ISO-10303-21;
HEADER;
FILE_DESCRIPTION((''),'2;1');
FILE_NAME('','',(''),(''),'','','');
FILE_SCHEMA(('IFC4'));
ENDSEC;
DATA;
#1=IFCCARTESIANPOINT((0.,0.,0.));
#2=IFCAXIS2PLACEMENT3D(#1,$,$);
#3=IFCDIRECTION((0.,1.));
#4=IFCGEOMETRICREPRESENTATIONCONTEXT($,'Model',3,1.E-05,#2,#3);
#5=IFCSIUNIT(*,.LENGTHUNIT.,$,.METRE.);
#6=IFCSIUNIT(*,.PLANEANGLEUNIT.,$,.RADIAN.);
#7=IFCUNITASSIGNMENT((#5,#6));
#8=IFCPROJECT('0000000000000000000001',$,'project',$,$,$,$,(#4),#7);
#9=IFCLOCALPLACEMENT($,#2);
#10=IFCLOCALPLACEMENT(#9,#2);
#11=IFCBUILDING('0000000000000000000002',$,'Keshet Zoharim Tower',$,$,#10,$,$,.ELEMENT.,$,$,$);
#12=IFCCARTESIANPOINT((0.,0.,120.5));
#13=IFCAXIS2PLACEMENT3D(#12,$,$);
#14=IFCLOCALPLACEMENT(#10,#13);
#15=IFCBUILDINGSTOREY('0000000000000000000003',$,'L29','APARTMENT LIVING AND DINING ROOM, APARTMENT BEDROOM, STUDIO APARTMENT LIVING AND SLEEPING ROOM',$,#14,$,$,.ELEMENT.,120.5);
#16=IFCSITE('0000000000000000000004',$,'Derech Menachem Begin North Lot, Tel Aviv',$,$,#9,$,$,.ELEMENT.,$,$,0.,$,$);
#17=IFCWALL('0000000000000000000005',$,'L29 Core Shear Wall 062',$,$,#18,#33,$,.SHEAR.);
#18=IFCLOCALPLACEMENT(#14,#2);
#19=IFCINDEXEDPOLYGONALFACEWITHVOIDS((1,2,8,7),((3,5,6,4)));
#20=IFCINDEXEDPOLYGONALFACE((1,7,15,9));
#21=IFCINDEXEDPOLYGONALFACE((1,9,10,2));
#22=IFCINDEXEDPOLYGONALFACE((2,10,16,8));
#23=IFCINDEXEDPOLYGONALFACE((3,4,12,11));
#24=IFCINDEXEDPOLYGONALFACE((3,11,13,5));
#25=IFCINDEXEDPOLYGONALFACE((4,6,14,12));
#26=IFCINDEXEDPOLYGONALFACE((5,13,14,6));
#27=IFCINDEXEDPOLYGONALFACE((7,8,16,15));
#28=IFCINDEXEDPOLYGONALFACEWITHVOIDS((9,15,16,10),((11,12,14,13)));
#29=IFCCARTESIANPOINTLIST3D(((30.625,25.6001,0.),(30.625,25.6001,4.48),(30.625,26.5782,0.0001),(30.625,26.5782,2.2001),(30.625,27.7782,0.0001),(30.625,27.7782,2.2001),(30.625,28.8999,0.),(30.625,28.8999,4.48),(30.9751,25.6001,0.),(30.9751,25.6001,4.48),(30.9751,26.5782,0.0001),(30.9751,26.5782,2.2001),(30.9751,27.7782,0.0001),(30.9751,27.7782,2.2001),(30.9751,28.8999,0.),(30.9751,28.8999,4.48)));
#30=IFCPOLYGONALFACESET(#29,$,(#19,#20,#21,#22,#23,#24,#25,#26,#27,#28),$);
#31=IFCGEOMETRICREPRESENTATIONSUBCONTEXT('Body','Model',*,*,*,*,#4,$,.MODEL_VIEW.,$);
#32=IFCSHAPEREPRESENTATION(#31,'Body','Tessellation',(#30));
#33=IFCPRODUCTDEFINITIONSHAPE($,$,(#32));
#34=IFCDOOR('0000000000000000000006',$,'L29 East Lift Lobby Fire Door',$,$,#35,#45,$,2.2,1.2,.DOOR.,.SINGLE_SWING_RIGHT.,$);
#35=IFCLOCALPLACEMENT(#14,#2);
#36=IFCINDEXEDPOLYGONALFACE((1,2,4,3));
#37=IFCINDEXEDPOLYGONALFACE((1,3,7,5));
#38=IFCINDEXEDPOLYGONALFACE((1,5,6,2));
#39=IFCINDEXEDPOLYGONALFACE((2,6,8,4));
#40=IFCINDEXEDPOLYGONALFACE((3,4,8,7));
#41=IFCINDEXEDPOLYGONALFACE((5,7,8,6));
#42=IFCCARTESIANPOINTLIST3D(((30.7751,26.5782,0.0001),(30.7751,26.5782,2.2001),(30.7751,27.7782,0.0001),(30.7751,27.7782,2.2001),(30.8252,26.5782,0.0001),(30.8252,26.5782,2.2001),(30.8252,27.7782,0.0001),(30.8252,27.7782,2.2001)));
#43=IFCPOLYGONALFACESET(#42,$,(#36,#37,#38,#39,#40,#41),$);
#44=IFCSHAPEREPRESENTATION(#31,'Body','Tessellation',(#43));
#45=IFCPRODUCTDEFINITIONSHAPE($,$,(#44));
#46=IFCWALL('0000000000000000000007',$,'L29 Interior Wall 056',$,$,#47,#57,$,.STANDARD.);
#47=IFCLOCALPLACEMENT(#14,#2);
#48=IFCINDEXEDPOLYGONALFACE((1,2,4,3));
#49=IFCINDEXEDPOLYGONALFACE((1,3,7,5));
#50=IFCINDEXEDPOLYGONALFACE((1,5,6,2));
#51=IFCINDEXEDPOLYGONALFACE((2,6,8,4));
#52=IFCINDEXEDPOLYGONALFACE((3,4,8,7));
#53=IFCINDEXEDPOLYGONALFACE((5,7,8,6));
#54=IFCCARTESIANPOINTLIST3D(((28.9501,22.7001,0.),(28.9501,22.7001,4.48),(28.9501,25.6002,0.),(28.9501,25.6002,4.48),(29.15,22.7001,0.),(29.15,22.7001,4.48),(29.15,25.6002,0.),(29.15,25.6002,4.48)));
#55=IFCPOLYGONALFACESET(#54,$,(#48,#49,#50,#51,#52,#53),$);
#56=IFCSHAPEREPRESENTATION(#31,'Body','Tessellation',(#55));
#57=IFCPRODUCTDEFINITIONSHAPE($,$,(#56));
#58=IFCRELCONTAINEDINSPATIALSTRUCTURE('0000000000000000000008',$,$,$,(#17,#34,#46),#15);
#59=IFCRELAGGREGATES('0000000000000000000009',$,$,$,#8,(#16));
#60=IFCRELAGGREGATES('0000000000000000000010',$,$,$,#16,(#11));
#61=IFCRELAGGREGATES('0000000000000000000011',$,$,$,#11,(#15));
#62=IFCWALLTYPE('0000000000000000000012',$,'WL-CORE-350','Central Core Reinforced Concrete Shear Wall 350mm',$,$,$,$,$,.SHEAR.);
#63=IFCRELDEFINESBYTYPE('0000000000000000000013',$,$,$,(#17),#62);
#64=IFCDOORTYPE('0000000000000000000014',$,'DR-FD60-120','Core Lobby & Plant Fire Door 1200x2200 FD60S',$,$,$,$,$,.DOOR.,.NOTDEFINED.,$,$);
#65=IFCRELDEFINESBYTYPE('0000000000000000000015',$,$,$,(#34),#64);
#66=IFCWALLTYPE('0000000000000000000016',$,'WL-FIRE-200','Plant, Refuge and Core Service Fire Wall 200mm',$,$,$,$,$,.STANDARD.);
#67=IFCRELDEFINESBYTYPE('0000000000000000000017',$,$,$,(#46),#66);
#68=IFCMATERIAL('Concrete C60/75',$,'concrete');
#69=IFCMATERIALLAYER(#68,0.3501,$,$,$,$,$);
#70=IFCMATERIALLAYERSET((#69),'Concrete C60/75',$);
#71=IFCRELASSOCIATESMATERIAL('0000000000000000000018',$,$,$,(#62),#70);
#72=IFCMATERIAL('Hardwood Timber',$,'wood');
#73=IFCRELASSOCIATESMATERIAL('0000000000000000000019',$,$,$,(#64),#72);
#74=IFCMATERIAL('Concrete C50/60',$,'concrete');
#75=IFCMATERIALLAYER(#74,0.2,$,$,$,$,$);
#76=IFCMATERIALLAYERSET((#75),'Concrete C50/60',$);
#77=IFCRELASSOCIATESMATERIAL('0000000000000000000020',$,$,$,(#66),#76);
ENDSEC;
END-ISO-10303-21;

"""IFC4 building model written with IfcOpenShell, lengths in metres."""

from ifc_helpers import new_model, si_unit, direction, frame, frame_2d, origin, place, context, subcontext, project, spatial, rectangle, extrude, material, layer, layer_set, type_object, element, fill, save


model = new_model("IFC4")

# Units and contexts
model_context = context("Model", 3, precision=1e-05, world=origin(), true_north=direction((0.0, 1.0)))
body_context = subcontext(model_context, "Body", "Model", "MODEL_VIEW")
ifc_project = project(units=[si_unit("LENGTHUNIT", "METRE"), si_unit("PLANEANGLEUNIT", "RADIAN")], contexts=[model_context])

# Site, building, storey
site_placement = place(None, origin())
site = spatial("IfcSite", under=ifc_project, at=site_placement, Name="Derech Menachem Begin North Lot, Tel Aviv", CompositionType="ELEMENT", RefElevation=0.0)
building_placement = place(site_placement, origin())
building = spatial("IfcBuilding", under=site, at=building_placement, Name="Keshet Zoharim Tower", CompositionType="ELEMENT")
storey_placement = place(building_placement, frame((0.0, 0.0, 120.5)))
storey = spatial("IfcBuildingStorey", under=building, at=storey_placement, Name="L29", Description="APARTMENT LIVING AND DINING ROOM, APARTMENT BEDROOM, STUDIO APARTMENT LIVING AND SLEEPING ROOM", CompositionType="ELEMENT", Elevation=120.5)

# Shared definitions
ifc_material_1 = material(Name="Concrete C60/75", Category="concrete")

# Shared definitions
ifc_material_2 = material(Name="Hardwood Timber", Category="wood")

# Shared definitions
ifc_layer_1 = layer(ifc_material_1, 0.3501)
ifc_layer_set_1 = layer_set([ifc_layer_1], Name="Concrete C60/75")
wall_type_1 = type_object("IfcWallType", Name="WL-CORE-350", Description="Central Core Reinforced Concrete Shear Wall 350mm", PredefinedType="SHEAR", material=ifc_layer_set_1)

# Wall, opening, door
wall_1_placement = place(storey_placement, frame((30.8, 25.6001, 0.0), z_axis=(0.0, 0.0, 1.0), x_axis=(0.0, 1.0, 0.0)))
wall_1 = element("IfcWall", 1, at=wall_1_placement, inside=storey, type_object=wall_type_1, Name="L29 Core Shear Wall 062", PredefinedType="SHEAR", context=body_context, shape_type="SweptSolid", body=[
    extrude(rectangle(XDim=3.2998, YDim=0.3501, at=frame_2d((1.6499, 0.0))), origin(), (0.0, 0.0, 1.0), 4.48),
])
opening_1_placement = place(wall_1_placement, frame((0.978, 0.0, 0.0)))
opening_1 = element("IfcOpeningElement", 2, at=opening_1_placement, cuts=wall_1, PredefinedType="OPENING", context=body_context, shape_type="SweptSolid", body=[
    extrude(rectangle(XDim=1.2, YDim=2.2, at=frame_2d((0.6001, 1.1001))), frame((0.0, 0.1851, 0.0), z_axis=(0.0, -1.0, 0.0), x_axis=(1.0, 0.0, 0.0)), (0.0, 0.0, 1.0), 0.3701),
])
door_type_1 = type_object("IfcDoorType", Name="DR-FD60-120", Description="Core Lobby & Plant Fire Door 1200x2200 FD60S", OperationType="NOTDEFINED", PredefinedType="DOOR", material=ifc_material_2)
door_1_placement = place(opening_1_placement, origin())
door_1 = element("IfcDoor", 3, at=door_1_placement, inside=storey, type_object=door_type_1, Name="L29 East Lift Lobby Fire Door", OperationType="SINGLE_SWING_RIGHT", OverallHeight=2.2, OverallWidth=1.2, PredefinedType="DOOR", context=body_context, shape_type="SweptSolid", body=[
    extrude(rectangle(XDim=1.2, YDim=2.2, at=frame_2d((0.6001, 1.1001))), frame((0.0, 0.0249, 0.0), z_axis=(0.0, -1.0, 0.0), x_axis=(1.0, 0.0, 0.0)), (0.0, 0.0, 1.0), 0.05),
])
fill(opening_1, door_1)

# Wall
ifc_material_3 = material(Name="Concrete C50/60", Category="concrete")
ifc_layer_2 = layer(ifc_material_3, 0.2)
ifc_layer_set_2 = layer_set([ifc_layer_2], Name="Concrete C50/60")
wall_type_2 = type_object("IfcWallType", Name="WL-FIRE-200", Description="Plant, Refuge and Core Service Fire Wall 200mm", PredefinedType="STANDARD", material=ifc_layer_set_2)
wall_2_placement = place(storey_placement, frame((29.05, 22.7, 0.0), z_axis=(0.0, 0.0, 1.0), x_axis=(0.0, 1.0, 0.0)))
element("IfcWall", 4, at=wall_2_placement, inside=storey, type_object=wall_type_2, Name="L29 Interior Wall 056", PredefinedType="STANDARD", context=body_context, shape_type="SweptSolid", body=[
    extrude(rectangle(XDim=2.9001, YDim=0.2, at=frame_2d((1.4502, 0.0))), origin(), (0.0, 0.0, 1.0), 4.48),
])

save(model, "model.ifc")
